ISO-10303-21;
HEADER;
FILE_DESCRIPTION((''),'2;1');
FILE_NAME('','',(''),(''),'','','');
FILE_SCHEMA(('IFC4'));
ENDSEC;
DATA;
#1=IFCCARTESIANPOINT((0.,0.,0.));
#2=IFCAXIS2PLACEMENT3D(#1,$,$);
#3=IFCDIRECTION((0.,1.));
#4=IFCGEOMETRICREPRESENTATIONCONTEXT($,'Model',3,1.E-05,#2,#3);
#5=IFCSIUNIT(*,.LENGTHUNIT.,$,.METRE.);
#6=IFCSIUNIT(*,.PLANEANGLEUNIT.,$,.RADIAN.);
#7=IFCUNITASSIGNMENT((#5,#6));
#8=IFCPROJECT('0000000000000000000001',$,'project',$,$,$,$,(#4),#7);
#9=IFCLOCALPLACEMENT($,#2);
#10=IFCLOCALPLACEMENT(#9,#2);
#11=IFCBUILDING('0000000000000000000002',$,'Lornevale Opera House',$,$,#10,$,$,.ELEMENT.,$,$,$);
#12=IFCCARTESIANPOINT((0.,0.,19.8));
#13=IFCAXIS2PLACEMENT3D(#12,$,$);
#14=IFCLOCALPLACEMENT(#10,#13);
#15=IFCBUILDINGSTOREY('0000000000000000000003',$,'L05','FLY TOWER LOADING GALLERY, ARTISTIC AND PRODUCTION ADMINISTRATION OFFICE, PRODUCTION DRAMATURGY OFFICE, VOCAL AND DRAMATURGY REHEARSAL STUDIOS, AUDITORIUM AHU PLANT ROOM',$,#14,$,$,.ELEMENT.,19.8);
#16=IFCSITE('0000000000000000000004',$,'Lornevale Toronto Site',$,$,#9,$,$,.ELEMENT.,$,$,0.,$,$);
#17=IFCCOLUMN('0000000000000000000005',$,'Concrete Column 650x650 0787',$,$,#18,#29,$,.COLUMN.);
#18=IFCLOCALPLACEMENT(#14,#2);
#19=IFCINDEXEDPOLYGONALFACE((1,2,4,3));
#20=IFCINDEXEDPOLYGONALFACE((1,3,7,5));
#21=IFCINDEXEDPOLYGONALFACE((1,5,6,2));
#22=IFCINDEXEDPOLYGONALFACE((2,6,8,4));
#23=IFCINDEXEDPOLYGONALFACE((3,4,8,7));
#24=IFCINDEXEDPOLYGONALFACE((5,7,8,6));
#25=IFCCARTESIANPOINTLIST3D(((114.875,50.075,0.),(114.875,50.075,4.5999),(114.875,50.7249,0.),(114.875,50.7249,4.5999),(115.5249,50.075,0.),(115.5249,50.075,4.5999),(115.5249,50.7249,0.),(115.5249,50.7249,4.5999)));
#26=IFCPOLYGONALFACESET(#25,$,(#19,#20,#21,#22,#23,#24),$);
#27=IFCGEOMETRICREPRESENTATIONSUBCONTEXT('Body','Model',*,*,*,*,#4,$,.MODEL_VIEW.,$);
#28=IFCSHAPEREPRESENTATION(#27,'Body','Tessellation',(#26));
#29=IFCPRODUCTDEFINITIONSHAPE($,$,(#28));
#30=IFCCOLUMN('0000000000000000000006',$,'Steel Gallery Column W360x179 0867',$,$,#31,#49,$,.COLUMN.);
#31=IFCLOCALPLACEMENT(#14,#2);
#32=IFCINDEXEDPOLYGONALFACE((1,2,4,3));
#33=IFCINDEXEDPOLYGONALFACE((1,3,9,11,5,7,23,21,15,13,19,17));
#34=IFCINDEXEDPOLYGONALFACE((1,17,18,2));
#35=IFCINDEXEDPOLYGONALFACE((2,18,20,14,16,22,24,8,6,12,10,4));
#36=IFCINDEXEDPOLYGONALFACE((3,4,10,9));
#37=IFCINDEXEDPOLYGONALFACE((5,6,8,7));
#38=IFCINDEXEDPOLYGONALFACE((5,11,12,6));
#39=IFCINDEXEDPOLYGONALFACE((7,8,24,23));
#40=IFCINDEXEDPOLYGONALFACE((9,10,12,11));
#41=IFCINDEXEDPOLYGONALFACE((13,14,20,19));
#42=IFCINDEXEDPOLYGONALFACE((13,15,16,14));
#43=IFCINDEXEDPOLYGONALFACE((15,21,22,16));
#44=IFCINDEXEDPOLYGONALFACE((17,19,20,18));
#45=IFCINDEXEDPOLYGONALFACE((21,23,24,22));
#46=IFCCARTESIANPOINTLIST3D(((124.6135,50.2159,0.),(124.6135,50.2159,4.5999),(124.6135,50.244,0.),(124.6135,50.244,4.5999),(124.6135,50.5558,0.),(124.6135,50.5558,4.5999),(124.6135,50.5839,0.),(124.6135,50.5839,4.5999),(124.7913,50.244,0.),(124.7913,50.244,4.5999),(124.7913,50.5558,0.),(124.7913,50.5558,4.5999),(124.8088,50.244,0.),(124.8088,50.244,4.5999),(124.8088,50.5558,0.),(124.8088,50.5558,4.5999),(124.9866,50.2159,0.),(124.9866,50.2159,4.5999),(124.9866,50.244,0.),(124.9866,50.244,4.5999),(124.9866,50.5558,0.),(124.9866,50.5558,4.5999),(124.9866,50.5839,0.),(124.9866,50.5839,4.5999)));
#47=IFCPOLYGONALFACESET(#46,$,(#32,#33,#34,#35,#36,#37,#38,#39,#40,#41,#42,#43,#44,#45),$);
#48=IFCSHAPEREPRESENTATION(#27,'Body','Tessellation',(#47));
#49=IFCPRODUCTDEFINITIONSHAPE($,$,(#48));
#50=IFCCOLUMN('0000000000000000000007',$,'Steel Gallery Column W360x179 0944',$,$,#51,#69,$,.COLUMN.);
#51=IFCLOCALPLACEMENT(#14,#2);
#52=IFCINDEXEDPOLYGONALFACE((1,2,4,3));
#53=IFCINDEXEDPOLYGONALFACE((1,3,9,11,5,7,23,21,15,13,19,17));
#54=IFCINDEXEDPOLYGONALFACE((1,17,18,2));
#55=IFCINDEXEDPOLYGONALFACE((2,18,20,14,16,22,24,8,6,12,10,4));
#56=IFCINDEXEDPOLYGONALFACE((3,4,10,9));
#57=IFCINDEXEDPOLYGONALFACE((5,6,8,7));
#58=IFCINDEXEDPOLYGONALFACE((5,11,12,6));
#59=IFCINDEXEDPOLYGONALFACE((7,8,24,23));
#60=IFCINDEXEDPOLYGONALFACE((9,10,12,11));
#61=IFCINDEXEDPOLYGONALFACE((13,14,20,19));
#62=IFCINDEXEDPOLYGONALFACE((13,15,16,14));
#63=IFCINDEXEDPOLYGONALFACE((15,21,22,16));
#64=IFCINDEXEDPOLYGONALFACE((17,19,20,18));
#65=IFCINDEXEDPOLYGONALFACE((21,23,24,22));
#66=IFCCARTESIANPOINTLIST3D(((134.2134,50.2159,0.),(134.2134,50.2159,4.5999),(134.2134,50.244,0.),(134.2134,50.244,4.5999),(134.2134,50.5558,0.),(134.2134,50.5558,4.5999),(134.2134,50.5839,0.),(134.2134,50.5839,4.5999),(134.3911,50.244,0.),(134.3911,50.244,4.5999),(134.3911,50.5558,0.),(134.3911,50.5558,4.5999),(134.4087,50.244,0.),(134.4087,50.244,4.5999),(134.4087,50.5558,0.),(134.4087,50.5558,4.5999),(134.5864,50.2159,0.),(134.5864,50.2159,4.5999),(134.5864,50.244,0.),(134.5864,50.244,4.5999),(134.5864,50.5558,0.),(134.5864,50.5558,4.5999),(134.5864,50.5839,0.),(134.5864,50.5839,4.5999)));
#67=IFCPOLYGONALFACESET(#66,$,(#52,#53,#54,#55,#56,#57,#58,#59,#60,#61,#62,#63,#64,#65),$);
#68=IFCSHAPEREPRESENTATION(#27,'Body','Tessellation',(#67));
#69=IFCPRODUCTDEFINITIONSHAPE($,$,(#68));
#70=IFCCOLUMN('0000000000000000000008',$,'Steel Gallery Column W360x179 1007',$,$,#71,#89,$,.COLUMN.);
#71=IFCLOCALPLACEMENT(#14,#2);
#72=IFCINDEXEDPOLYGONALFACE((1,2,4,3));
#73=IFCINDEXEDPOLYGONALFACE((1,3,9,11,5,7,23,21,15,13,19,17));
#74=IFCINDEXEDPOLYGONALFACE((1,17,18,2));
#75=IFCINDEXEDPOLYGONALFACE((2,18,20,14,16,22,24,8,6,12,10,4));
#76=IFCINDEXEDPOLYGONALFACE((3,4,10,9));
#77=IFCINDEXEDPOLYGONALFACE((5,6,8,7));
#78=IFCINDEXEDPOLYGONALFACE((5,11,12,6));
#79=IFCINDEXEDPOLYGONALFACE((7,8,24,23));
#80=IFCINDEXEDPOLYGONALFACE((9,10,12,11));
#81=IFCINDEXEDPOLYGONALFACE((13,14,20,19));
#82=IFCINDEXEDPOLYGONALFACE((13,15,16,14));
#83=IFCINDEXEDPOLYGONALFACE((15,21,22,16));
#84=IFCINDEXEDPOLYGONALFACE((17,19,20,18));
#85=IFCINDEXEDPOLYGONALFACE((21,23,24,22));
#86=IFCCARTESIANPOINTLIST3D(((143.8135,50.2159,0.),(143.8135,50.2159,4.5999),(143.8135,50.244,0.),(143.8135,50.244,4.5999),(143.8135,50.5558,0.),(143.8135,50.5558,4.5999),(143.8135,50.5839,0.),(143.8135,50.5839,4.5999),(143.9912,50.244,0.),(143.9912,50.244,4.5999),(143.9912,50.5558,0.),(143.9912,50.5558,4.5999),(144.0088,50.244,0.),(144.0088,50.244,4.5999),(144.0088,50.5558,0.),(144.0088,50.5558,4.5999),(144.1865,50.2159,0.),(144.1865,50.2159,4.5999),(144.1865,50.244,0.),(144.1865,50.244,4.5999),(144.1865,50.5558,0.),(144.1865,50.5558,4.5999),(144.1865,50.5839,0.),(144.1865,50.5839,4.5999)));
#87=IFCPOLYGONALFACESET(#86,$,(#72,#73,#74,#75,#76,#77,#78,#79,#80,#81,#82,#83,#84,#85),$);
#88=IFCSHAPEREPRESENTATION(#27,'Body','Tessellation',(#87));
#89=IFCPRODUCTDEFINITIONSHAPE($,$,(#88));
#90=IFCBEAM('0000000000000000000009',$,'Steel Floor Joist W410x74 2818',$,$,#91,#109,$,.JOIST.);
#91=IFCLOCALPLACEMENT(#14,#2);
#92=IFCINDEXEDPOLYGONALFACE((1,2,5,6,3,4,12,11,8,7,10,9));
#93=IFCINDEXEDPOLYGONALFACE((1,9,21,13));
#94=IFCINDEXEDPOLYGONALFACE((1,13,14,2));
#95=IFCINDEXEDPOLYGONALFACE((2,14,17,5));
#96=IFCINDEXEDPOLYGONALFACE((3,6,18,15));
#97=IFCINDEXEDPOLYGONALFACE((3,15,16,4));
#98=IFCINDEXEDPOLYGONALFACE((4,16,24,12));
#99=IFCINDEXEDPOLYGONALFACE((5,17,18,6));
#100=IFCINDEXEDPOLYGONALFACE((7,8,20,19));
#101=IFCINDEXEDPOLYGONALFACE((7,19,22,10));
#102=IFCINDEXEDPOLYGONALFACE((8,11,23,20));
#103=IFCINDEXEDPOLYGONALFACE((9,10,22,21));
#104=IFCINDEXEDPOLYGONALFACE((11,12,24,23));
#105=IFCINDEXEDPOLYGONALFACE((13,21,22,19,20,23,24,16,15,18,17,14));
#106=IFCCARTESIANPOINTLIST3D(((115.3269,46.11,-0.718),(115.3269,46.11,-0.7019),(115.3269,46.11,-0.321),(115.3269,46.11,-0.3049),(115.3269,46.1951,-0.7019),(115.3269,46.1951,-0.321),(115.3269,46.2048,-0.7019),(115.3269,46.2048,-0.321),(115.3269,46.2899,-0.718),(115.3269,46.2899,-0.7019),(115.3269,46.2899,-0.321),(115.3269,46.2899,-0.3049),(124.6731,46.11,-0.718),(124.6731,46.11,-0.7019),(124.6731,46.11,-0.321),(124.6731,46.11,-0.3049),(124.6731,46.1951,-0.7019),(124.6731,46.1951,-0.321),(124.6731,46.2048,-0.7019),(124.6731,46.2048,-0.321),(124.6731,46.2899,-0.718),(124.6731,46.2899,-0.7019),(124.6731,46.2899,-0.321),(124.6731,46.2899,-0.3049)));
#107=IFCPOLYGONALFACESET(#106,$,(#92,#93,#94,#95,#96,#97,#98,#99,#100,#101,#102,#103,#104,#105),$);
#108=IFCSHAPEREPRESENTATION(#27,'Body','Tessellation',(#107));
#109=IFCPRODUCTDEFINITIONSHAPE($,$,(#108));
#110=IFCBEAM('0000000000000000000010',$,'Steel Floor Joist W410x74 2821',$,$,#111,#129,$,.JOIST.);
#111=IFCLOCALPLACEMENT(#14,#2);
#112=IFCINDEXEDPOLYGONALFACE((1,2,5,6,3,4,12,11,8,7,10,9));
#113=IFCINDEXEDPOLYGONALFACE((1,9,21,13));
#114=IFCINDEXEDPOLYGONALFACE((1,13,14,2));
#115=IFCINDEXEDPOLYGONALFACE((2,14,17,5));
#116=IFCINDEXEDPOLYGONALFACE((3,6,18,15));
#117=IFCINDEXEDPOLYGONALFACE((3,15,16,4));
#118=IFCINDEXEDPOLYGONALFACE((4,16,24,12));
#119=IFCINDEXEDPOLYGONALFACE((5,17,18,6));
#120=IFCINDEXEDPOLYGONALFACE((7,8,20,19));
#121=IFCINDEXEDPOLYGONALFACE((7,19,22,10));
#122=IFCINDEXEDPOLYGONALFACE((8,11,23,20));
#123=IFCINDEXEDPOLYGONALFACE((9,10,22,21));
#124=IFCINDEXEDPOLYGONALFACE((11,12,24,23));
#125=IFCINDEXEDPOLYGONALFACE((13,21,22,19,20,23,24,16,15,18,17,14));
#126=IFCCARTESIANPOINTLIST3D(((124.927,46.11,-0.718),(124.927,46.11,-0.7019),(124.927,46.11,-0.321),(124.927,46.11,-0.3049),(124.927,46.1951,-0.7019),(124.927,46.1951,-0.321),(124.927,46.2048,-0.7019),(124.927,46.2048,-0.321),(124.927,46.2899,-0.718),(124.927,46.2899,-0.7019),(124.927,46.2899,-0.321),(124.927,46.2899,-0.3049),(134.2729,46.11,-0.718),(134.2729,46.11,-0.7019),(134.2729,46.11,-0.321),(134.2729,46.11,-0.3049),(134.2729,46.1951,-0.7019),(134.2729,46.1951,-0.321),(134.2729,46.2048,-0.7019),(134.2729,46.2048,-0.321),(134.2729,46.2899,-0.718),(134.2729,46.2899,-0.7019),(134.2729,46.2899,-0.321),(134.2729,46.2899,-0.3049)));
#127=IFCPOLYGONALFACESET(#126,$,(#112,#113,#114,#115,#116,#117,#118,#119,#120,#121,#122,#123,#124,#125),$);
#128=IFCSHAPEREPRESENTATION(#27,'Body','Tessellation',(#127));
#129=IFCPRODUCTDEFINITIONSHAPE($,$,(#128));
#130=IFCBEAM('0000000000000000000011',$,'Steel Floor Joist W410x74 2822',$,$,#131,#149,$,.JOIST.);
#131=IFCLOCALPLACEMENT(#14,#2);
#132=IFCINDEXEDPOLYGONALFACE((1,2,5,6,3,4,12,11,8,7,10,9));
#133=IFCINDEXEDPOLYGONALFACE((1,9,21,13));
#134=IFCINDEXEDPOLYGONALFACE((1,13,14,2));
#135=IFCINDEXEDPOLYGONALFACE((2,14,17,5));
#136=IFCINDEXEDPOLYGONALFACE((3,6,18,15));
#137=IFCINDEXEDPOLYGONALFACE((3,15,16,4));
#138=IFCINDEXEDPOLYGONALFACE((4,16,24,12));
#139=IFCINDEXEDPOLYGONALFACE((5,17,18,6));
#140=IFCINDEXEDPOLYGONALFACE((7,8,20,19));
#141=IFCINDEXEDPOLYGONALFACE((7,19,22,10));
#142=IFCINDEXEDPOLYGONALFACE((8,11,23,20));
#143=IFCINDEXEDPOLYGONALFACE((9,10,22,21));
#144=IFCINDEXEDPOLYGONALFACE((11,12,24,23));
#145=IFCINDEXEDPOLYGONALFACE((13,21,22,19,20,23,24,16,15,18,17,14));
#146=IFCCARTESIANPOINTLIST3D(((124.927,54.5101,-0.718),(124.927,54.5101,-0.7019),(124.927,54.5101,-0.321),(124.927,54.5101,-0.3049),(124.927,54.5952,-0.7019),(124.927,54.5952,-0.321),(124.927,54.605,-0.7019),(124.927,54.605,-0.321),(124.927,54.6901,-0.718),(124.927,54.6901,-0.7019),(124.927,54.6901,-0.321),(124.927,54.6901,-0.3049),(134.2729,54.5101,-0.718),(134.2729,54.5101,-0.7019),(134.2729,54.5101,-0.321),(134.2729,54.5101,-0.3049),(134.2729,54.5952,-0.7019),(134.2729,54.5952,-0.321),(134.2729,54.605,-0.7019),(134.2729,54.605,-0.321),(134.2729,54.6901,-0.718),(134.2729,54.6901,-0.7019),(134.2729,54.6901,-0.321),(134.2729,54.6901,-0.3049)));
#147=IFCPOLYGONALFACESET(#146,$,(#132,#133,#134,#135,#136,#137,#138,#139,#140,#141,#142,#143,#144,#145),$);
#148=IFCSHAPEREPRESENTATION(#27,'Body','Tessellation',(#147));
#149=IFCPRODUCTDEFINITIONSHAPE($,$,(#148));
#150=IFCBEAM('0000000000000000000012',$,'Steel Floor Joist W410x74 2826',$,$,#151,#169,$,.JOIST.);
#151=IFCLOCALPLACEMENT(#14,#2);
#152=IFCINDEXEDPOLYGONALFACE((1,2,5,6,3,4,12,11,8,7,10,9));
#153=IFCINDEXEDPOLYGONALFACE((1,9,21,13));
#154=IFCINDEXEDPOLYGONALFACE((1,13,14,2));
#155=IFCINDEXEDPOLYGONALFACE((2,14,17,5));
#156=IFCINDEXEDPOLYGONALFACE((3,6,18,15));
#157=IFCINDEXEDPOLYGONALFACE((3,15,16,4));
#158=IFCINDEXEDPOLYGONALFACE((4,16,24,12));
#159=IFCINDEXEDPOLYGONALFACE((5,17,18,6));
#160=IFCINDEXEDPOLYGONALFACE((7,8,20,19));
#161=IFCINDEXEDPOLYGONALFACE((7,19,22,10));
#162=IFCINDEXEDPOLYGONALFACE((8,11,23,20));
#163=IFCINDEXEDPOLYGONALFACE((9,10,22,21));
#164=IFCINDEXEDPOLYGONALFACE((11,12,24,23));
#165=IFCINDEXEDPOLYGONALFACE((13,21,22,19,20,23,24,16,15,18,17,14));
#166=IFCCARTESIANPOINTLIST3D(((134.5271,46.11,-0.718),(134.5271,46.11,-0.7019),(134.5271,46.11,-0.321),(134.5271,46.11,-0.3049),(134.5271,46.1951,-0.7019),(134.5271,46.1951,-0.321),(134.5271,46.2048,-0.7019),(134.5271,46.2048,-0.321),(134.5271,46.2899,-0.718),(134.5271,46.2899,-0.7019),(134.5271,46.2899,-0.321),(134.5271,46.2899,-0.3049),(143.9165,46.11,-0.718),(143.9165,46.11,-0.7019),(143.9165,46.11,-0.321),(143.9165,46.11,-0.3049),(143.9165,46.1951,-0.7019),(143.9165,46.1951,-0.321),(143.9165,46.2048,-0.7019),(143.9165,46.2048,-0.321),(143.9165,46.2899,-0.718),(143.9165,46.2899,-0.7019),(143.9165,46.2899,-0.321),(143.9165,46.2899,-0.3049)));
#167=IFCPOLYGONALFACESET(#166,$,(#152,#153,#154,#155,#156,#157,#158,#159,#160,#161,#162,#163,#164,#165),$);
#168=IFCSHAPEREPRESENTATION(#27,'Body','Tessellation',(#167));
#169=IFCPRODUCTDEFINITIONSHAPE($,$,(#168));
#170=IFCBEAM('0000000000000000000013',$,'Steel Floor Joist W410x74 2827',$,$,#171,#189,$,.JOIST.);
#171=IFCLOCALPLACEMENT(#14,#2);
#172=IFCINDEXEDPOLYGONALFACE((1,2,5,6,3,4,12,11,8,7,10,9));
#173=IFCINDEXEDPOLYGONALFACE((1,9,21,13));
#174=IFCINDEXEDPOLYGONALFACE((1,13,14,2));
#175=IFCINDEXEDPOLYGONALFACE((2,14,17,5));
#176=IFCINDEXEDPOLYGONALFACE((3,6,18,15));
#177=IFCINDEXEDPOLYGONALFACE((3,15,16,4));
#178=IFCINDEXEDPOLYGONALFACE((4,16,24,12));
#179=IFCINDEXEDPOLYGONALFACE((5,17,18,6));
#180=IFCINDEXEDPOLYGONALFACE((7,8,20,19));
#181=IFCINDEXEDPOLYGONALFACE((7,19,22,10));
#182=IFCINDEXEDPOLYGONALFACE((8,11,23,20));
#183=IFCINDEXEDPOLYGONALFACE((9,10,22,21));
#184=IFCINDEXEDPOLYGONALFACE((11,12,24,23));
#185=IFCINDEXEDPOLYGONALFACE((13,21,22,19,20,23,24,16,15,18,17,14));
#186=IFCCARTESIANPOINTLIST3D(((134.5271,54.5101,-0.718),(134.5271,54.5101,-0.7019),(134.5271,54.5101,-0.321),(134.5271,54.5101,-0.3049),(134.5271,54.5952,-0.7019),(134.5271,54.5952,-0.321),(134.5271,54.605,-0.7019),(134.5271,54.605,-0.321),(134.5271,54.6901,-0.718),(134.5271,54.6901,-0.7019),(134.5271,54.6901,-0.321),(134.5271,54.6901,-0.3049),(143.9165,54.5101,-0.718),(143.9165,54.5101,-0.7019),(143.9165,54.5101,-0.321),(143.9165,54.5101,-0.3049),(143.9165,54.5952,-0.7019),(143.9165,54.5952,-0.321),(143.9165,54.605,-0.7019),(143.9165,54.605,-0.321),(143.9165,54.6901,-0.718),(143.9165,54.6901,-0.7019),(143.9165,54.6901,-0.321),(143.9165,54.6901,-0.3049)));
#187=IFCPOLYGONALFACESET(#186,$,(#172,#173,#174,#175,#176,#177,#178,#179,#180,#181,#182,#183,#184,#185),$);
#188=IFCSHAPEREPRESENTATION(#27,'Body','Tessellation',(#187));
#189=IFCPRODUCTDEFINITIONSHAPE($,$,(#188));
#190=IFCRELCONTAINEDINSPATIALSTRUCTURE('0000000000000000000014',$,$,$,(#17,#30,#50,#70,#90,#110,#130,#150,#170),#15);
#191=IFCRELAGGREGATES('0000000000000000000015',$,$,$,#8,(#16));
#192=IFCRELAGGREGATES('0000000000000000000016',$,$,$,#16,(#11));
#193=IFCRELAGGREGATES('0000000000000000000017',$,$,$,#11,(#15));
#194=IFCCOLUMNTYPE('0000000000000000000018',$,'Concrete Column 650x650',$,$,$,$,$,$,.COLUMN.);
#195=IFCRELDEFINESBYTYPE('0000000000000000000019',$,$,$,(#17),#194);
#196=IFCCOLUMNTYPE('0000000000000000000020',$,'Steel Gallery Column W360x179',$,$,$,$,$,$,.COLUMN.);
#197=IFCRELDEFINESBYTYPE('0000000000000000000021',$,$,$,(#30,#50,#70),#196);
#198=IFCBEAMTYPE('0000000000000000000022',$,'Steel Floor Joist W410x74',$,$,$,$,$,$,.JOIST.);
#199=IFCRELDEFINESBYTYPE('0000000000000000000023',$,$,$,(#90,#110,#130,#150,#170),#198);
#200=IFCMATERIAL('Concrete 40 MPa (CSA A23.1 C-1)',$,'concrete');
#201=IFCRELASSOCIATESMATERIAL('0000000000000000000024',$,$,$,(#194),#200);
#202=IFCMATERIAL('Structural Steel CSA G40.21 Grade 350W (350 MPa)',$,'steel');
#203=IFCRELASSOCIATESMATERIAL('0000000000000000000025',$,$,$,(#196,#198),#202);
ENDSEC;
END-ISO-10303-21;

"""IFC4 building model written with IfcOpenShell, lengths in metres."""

from ifc_helpers import new_model, si_unit, direction, frame, origin, origin_2d, place, context, subcontext, project, spatial, rectangle, i_section, extrude, material, material_profile, profile_set, type_object, element, save


model = new_model("IFC4")

# Units and contexts
model_context = context("Model", 3, precision=1e-05, world=origin(), true_north=direction((0.0, 1.0)))
body_context = subcontext(model_context, "Body", "Model", "MODEL_VIEW")
ifc_project = project(units=[si_unit("LENGTHUNIT", "METRE"), si_unit("PLANEANGLEUNIT", "RADIAN")], contexts=[model_context])

# Site, building, storey
site_placement = place(None, origin())
site = spatial("IfcSite", under=ifc_project, at=site_placement, Name="Lornevale Toronto Site", CompositionType="ELEMENT", RefElevation=0.0)
building_placement = place(site_placement, origin())
building = spatial("IfcBuilding", under=site, at=building_placement, Name="Lornevale Opera House", CompositionType="ELEMENT")
storey_placement = place(building_placement, frame((0.0, 0.0, 19.8)))
storey = spatial("IfcBuildingStorey", under=building, at=storey_placement, Name="L05", Description="FLY TOWER LOADING GALLERY, ARTISTIC AND PRODUCTION ADMINISTRATION OFFICE, PRODUCTION DRAMATURGY OFFICE, VOCAL AND DRAMATURGY REHEARSAL STUDIOS, AUDITORIUM AHU PLANT ROOM", CompositionType="ELEMENT", Elevation=19.8)

# Columns
ifc_material_1 = material(Name="Concrete 40 MPa (CSA A23.1 C-1)", Category="concrete")
ifc_material_profile_1 = material_profile(ifc_material_1, rectangle(XDim=0.6499, YDim=0.6499, at=origin_2d()), Name="RC650x650")
ifc_profile_set_1 = profile_set([ifc_material_profile_1], Name="Concrete 40 MPa (CSA A23.1 C-1)")
column_type_1 = type_object("IfcColumnType", Name="Concrete Column 650x650", PredefinedType="COLUMN", material=ifc_profile_set_1)
column_placement = place(storey_placement, frame((115.2, 50.3999, 0.0), z_axis=(0.0, 0.0, 1.0), x_axis=(1.0, 0.0, 0.0)))
element("IfcColumn", 1, at=column_placement, inside=storey, type_object=column_type_1, Name="Concrete Column 650x650 0787", PredefinedType="COLUMN", context=body_context, shape_type="SweptSolid", body=[
    extrude(rectangle(XDim=0.6499, YDim=0.6499, at=origin_2d()), origin(), (0.0, 0.0, 1.0), 4.5999),
])
ifc_material_2 = material(Name="Structural Steel CSA G40.21 Grade 350W (350 MPa)", Category="steel")
ifc_material_profile_2 = material_profile(ifc_material_2, i_section(OverallWidth=0.373, OverallDepth=0.3679, WebThickness=0.0176, FlangeThickness=0.0281, at=origin_2d()), Name="W360x179")
ifc_profile_set_2 = profile_set([ifc_material_profile_2], Name="Structural Steel CSA G40.21 Grade 350W (350 MPa)")
column_type_2 = type_object("IfcColumnType", Name="Steel Gallery Column W360x179", PredefinedType="COLUMN", material=ifc_profile_set_2)
for number, where, z_axis, x_axis, name in (
    (2, (124.8, 50.3999, 0.0), (0.0, 0.0, 1.0), (1.0, 0.0, 0.0), "Steel Gallery Column W360x179 0867"),
    (3, (134.3999, 50.3999, 0.0), (0.0, 0.0, 1.0), (1.0, 0.0, 0.0), "Steel Gallery Column W360x179 0944"),
    (4, (144.0, 50.3999, 0.0), (0.0, 0.0, 1.0), (1.0, 0.0, 0.0), "Steel Gallery Column W360x179 1007"),
):
    element("IfcColumn", number, at=place(storey_placement, frame(where, z_axis=z_axis, x_axis=x_axis)), inside=storey, type_object=column_type_2, Name=name, PredefinedType="COLUMN", context=body_context, shape_type="SweptSolid", body=[
        extrude(i_section(OverallWidth=0.373, OverallDepth=0.3679, WebThickness=0.0176, FlangeThickness=0.0281, at=origin_2d()), origin(), (0.0, 0.0, 1.0), 4.5999),
    ])

# Beams
ifc_material_profile_3 = material_profile(ifc_material_2, i_section(OverallWidth=0.1799, OverallDepth=0.4131, WebThickness=0.0098, FlangeThickness=0.0161, at=origin_2d()), Name="W410x74")
ifc_profile_set_3 = profile_set([ifc_material_profile_3], Name="Structural Steel CSA G40.21 Grade 350W (350 MPa)")
beam_type_1 = type_object("IfcBeamType", Name="Steel Floor Joist W410x74", PredefinedType="JOIST", material=ifc_profile_set_3)
beam_1_placement = place(storey_placement, frame((115.3269, 46.2, -0.5115), z_axis=(1.0, 0.0, 0.0), x_axis=(0.0, 1.0, 0.0)))
element("IfcBeam", 5, at=beam_1_placement, inside=storey, type_object=beam_type_1, Name="Steel Floor Joist W410x74 2818", PredefinedType="JOIST", context=body_context, shape_type="SweptSolid", body=[
    extrude(i_section(OverallWidth=0.1799, OverallDepth=0.4131, WebThickness=0.0098, FlangeThickness=0.0161, at=origin_2d()), origin(), (0.0, 0.0, 1.0), 9.3462),
])
for number, where, z_axis, x_axis, name in (
    (6, (124.927, 46.2, -0.5115), (1.0, 0.0, 0.0), (0.0, 1.0, 0.0), "Steel Floor Joist W410x74 2821"),
    (7, (124.927, 54.6001, -0.5115), (1.0, 0.0, 0.0), (0.0, 1.0, 0.0), "Steel Floor Joist W410x74 2822"),
):
    element("IfcBeam", number, at=place(storey_placement, frame(where, z_axis=z_axis, x_axis=x_axis)), inside=storey, type_object=beam_type_1, Name=name, PredefinedType="JOIST", context=body_context, shape_type="SweptSolid", body=[
        extrude(i_section(OverallWidth=0.1799, OverallDepth=0.4131, WebThickness=0.0098, FlangeThickness=0.0161, at=origin_2d()), origin(), (0.0, 0.0, 1.0), 9.3459),
    ])
for number, where, z_axis, x_axis, name in (
    (8, (134.5271, 46.2, -0.5115), (1.0, 0.0, 0.0), (0.0, 1.0, 0.0), "Steel Floor Joist W410x74 2826"),
    (9, (134.5271, 54.6001, -0.5115), (1.0, 0.0, 0.0), (0.0, 1.0, 0.0), "Steel Floor Joist W410x74 2827"),
):
    element("IfcBeam", number, at=place(storey_placement, frame(where, z_axis=z_axis, x_axis=x_axis)), inside=storey, type_object=beam_type_1, Name=name, PredefinedType="JOIST", context=body_context, shape_type="SweptSolid", body=[
        extrude(i_section(OverallWidth=0.1799, OverallDepth=0.4131, WebThickness=0.0098, FlangeThickness=0.0161, at=origin_2d()), origin(), (0.0, 0.0, 1.0), 9.3894),
    ])

save(model, "model.ifc")
